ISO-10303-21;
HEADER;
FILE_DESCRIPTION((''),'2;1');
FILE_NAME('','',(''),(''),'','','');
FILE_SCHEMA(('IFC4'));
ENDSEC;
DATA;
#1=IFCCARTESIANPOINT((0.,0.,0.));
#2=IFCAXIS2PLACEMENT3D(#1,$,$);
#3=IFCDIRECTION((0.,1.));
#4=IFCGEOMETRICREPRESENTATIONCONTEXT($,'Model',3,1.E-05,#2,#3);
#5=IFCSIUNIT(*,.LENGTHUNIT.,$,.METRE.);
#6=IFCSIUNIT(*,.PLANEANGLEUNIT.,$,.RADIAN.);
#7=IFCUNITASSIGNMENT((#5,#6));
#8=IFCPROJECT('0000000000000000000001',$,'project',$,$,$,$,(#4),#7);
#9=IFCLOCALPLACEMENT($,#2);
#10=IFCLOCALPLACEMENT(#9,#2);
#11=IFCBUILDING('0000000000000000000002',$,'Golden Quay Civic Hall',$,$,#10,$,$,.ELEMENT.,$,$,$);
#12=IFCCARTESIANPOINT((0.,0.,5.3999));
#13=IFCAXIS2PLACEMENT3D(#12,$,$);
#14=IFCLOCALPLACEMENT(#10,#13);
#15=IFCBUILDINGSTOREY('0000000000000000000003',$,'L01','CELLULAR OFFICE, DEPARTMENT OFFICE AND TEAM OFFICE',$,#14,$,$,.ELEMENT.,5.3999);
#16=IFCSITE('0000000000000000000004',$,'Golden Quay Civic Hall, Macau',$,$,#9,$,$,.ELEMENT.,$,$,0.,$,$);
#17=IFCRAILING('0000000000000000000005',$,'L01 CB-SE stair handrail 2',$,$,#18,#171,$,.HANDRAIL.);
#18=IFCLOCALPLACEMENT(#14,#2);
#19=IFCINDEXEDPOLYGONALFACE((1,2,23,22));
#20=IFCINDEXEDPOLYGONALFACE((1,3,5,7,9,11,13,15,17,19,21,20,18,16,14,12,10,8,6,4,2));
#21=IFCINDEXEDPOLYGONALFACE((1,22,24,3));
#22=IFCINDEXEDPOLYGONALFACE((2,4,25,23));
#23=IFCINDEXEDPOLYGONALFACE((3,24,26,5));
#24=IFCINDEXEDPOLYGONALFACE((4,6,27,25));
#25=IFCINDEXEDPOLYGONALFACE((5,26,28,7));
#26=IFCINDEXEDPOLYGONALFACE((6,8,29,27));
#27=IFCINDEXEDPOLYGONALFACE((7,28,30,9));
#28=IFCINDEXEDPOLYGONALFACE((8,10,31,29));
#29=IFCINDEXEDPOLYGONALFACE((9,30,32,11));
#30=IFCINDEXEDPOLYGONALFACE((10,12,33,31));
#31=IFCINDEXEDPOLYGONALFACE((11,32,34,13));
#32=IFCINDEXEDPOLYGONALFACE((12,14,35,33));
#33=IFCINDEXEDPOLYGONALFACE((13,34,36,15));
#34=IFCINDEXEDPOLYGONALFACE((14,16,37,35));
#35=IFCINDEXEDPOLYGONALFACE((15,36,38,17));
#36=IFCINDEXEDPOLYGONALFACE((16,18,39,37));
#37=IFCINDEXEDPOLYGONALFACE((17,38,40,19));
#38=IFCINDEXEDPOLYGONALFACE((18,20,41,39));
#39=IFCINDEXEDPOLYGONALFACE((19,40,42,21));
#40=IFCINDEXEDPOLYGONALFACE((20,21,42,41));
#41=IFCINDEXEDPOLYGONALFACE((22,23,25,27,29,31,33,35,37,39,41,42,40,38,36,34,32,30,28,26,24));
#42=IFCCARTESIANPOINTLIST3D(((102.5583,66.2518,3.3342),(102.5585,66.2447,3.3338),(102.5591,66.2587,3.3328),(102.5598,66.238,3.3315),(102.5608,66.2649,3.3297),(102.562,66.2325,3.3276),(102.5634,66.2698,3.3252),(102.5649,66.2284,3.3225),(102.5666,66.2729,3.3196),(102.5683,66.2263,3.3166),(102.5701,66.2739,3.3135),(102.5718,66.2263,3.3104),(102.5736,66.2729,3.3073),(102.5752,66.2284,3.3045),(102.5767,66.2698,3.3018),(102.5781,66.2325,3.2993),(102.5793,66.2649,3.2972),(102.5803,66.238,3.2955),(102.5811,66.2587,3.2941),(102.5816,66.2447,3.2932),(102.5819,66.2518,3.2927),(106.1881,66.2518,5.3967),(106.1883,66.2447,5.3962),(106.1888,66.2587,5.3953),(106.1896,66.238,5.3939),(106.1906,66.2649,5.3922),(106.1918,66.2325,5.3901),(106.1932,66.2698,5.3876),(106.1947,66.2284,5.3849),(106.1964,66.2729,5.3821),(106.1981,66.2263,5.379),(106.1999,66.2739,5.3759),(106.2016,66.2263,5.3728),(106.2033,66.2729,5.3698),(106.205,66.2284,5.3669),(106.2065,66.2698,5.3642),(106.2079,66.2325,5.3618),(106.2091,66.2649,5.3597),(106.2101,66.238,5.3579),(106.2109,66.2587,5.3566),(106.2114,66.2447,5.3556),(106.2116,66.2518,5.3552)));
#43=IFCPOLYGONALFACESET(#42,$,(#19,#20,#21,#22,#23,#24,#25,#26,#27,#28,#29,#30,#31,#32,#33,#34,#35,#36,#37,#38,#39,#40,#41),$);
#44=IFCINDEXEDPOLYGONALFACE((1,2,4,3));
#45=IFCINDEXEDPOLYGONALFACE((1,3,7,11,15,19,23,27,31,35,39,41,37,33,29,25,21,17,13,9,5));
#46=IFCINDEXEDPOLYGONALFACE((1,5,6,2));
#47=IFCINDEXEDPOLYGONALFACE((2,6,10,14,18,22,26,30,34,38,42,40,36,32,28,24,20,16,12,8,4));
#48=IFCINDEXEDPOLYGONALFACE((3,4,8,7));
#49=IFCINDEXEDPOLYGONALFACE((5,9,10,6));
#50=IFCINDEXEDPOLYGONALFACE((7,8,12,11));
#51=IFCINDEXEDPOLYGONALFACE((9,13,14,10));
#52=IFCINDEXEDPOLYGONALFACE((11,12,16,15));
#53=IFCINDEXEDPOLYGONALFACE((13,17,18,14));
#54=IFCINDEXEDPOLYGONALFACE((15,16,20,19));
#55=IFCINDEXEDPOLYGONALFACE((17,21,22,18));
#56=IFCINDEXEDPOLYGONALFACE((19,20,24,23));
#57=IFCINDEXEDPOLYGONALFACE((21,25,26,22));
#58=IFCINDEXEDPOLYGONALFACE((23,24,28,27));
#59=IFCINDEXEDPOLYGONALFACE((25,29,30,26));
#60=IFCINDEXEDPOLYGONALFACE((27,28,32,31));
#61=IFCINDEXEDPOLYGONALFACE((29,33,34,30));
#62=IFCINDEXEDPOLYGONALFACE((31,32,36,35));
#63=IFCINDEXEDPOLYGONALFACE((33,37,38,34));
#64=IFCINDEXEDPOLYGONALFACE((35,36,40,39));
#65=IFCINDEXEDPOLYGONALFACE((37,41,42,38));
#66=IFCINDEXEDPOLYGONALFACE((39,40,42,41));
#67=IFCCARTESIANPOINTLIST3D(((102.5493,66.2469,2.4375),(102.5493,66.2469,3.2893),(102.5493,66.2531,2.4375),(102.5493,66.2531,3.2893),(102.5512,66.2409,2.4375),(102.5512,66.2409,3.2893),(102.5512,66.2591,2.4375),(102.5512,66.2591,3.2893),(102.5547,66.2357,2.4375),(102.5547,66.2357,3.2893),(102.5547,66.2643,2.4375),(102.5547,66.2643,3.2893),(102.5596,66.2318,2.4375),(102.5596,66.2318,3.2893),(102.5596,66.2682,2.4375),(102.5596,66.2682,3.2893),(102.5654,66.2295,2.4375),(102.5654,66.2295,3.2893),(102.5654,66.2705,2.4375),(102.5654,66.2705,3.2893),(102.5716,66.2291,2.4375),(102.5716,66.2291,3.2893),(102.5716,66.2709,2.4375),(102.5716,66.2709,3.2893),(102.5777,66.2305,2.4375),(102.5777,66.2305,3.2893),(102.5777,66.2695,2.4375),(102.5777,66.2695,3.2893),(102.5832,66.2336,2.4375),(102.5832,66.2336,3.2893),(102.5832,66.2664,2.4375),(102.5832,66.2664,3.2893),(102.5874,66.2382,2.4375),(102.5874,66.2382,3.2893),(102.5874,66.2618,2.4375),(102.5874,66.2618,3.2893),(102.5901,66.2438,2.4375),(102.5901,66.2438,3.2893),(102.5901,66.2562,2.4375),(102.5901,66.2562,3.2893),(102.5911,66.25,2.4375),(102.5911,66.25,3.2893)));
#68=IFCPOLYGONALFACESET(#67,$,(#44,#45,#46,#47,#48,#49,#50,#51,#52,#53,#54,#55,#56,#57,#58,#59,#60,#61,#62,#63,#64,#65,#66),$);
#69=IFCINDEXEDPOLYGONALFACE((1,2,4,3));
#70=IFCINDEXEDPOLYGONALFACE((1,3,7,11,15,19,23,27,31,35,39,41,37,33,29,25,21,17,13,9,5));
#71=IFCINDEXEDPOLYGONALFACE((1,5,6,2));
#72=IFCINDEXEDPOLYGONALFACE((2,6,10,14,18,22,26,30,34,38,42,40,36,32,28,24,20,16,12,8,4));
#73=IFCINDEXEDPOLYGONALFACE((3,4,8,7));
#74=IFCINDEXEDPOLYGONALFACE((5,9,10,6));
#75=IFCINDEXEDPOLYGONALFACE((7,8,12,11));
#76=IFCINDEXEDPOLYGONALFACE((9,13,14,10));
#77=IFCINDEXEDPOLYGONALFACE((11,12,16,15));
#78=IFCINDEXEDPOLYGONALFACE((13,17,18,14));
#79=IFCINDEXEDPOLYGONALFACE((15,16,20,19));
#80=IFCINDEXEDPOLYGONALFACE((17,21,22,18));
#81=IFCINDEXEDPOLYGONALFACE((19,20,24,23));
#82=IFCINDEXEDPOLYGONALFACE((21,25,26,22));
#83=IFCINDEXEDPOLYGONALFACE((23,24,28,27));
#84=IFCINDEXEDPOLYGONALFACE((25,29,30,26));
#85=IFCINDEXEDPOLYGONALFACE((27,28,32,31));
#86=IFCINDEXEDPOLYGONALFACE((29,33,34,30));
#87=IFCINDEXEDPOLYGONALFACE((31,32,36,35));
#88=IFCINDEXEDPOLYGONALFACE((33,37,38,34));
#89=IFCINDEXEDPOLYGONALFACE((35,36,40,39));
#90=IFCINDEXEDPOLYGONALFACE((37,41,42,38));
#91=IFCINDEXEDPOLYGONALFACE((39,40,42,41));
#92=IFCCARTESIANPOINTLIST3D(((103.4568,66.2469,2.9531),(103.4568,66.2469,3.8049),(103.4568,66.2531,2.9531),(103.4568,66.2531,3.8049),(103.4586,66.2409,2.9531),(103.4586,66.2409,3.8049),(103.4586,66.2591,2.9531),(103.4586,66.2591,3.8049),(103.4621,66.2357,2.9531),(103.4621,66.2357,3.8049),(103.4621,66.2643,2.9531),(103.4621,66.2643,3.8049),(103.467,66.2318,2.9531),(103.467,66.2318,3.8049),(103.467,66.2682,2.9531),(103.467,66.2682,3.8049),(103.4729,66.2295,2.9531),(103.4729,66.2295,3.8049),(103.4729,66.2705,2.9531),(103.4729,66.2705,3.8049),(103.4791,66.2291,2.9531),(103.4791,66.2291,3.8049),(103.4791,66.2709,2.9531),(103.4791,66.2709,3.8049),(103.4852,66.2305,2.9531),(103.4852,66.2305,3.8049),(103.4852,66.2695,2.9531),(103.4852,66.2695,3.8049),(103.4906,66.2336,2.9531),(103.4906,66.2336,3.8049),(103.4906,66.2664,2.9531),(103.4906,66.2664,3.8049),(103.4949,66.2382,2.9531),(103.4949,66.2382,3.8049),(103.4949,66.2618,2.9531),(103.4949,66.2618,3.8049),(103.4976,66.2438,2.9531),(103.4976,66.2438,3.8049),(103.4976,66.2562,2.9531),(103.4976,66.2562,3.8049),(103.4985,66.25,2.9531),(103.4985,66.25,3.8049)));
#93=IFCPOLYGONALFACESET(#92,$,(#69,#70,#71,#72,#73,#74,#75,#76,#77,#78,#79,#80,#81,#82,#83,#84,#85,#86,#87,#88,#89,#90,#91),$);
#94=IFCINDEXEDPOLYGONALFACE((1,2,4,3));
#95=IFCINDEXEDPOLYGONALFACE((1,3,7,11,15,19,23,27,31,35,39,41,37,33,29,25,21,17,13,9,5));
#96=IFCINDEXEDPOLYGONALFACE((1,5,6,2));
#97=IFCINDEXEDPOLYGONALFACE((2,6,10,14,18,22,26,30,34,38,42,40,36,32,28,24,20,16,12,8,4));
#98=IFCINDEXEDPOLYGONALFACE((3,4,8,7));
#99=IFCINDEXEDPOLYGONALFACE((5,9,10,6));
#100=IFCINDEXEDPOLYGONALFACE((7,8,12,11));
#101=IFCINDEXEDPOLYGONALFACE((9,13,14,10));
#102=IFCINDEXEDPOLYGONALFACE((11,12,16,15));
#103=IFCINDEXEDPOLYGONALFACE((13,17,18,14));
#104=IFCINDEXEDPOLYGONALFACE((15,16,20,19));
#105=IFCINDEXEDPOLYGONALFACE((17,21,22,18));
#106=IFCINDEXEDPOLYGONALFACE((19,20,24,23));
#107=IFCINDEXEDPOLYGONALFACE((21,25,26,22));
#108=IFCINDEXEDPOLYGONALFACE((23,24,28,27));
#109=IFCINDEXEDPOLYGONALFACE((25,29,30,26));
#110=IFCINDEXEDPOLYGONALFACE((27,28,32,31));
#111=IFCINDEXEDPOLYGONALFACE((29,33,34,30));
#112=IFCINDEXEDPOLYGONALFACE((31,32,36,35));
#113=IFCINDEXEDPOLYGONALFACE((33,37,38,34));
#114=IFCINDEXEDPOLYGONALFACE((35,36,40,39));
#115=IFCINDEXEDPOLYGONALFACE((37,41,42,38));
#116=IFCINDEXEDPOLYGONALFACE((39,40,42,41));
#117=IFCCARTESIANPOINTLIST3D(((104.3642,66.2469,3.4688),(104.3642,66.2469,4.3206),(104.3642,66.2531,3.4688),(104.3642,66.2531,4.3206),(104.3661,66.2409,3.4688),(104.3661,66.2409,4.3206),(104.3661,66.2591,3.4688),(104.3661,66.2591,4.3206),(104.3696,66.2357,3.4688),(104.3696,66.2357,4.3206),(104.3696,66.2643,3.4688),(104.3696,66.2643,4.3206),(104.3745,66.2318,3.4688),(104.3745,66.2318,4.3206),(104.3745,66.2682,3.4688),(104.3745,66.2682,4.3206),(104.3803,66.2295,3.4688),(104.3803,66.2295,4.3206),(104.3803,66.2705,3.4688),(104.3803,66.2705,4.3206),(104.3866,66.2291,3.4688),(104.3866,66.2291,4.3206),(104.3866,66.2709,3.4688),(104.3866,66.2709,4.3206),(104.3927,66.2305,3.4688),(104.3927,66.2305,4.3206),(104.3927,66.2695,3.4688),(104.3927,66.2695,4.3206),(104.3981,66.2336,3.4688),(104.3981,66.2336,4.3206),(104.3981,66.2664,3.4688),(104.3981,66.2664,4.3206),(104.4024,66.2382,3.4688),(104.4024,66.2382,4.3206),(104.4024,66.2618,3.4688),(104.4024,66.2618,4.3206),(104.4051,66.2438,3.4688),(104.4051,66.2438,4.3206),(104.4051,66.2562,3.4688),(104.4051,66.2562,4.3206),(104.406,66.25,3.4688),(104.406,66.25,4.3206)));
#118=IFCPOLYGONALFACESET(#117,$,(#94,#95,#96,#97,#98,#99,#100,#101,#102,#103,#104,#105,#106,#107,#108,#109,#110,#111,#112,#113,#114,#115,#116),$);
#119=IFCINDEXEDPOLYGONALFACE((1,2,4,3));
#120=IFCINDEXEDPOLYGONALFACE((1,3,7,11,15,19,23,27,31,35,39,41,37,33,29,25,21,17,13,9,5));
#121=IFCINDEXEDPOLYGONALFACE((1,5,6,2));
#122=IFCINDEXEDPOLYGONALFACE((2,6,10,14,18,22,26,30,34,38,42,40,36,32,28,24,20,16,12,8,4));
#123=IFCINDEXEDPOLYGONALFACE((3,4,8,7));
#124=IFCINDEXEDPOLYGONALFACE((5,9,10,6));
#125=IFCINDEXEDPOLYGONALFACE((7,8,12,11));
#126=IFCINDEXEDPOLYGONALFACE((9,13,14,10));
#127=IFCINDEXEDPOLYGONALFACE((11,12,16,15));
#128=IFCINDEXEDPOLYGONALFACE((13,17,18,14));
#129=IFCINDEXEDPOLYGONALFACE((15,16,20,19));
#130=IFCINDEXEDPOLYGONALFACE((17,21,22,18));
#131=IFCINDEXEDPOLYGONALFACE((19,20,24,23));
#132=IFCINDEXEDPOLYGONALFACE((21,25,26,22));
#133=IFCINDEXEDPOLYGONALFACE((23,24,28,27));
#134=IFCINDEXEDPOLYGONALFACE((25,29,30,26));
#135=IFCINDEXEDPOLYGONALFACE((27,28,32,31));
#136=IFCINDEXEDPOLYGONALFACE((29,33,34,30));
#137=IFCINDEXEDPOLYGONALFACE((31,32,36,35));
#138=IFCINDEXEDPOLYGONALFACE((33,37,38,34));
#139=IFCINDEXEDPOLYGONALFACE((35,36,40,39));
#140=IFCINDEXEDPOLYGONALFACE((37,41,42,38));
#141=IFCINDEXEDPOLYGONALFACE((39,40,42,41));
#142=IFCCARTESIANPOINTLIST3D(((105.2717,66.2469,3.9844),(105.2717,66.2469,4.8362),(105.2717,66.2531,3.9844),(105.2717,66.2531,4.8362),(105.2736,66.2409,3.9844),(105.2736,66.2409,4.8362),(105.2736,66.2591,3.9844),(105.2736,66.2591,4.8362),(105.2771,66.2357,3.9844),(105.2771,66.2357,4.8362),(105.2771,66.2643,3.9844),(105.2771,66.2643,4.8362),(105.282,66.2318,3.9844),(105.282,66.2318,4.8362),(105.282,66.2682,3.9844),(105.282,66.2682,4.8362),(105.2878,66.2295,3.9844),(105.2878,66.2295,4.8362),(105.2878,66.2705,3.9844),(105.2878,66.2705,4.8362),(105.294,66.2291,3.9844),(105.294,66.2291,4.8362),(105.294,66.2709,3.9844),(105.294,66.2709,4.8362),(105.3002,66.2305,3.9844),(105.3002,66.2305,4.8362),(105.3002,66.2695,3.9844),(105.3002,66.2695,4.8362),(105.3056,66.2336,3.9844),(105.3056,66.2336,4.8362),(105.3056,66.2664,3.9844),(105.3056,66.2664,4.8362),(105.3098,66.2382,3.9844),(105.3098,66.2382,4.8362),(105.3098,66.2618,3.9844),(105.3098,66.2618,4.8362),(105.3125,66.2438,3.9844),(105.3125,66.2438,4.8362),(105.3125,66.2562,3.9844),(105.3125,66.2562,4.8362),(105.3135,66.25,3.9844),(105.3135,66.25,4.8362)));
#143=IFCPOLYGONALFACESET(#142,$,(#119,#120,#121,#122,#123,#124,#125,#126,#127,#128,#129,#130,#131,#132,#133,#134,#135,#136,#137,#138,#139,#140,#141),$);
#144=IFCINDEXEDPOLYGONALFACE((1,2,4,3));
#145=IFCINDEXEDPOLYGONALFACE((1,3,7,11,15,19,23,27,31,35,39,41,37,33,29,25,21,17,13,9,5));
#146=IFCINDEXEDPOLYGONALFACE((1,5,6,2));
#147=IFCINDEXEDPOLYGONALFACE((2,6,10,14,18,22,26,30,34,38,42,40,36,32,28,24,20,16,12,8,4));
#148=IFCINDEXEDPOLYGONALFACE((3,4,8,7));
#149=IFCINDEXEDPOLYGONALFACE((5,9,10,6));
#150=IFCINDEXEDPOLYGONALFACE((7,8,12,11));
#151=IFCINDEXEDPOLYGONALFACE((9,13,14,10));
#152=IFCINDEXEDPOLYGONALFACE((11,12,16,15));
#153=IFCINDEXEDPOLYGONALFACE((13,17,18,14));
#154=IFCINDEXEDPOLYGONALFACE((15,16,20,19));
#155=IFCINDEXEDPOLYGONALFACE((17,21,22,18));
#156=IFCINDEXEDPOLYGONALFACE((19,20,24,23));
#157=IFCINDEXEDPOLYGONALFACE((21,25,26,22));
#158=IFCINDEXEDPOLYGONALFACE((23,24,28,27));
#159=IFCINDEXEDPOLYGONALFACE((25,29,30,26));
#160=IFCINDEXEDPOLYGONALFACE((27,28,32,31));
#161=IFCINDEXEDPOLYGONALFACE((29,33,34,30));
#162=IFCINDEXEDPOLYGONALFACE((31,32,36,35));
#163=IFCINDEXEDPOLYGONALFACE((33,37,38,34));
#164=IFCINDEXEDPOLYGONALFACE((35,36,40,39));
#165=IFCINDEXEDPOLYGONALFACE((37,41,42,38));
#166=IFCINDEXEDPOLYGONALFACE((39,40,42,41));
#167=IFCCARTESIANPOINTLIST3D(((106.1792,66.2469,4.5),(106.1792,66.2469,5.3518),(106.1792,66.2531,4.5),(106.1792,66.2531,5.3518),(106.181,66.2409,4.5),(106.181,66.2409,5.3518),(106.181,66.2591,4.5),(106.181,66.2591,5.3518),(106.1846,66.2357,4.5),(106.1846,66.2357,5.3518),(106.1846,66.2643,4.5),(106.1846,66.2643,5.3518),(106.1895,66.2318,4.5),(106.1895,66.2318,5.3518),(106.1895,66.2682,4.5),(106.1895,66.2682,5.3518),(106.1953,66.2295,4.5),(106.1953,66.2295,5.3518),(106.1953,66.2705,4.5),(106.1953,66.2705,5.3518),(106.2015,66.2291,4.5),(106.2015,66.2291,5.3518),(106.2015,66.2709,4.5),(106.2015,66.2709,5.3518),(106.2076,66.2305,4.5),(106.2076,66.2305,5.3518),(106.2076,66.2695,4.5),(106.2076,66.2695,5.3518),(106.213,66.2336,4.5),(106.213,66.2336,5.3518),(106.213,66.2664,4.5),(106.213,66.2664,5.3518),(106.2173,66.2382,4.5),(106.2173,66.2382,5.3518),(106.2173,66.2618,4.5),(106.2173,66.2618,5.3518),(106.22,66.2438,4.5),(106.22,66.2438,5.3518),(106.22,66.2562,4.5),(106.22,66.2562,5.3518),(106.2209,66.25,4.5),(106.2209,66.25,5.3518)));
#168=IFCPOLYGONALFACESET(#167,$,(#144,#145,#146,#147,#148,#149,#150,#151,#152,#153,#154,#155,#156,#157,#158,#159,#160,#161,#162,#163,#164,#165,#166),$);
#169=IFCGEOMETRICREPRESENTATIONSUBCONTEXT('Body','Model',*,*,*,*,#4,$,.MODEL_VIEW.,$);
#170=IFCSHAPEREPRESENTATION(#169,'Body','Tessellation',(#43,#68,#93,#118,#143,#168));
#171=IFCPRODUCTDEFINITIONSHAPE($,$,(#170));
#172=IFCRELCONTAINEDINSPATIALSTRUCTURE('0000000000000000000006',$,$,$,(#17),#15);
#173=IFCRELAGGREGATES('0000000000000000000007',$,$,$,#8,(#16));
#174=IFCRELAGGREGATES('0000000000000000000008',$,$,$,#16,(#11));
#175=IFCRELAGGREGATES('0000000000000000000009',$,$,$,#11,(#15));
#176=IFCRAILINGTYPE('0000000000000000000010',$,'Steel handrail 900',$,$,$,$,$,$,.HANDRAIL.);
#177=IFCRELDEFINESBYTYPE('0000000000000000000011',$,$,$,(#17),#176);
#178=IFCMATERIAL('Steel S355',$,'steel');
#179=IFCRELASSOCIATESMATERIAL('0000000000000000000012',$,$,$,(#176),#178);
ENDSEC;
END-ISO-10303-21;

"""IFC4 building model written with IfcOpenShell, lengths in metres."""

from ifc_helpers import new_model, si_unit, direction, frame, origin, origin_2d, place, context, subcontext, project, spatial, circle, extrude, material, type_object, element, save


model = new_model("IFC4")

# Units and contexts
model_context = context("Model", 3, precision=1e-05, world=origin(), true_north=direction((0.0, 1.0)))
body_context = subcontext(model_context, "Body", "Model", "MODEL_VIEW")
ifc_project = project(units=[si_unit("LENGTHUNIT", "METRE"), si_unit("PLANEANGLEUNIT", "RADIAN")], contexts=[model_context])

# Site, building, storey
site_placement = place(None, origin())
site = spatial("IfcSite", under=ifc_project, at=site_placement, Name="Golden Quay Civic Hall, Macau", CompositionType="ELEMENT", RefElevation=0.0)
building_placement = place(site_placement, origin())
building = spatial("IfcBuilding", under=site, at=building_placement, Name="Golden Quay Civic Hall", CompositionType="ELEMENT")
storey_placement = place(building_placement, frame((0.0, 0.0, 5.3999)))
storey = spatial("IfcBuildingStorey", under=building, at=storey_placement, Name="L01", Description="CELLULAR OFFICE, DEPARTMENT OFFICE AND TEAM OFFICE", CompositionType="ELEMENT", Elevation=5.3999)

# Railing
ifc_material_1 = material(Name="Steel S355", Category="steel")
railing_type_1 = type_object("IfcRailingType", Name="Steel handrail 900", PredefinedType="HANDRAIL", material=ifc_material_1)
railing_1_placement = place(storey_placement, frame((102.5701, 66.25, 2.4375)))
element("IfcRailing", 1, at=railing_1_placement, inside=storey, type_object=railing_type_1, Name="L01 CB-SE stair handrail 2", PredefinedType="HANDRAIL", context=body_context, shape_type="SweptSolid", body=[
    extrude(circle(Radius=0.0239, at=origin_2d()), frame((0.0, 0.0, 0.876), z_axis=(0.86945, 0.0, 0.494021), x_axis=(0.0, 1.0, 0.0)), (0.0, 0.0, 1.0), 4.1748),
    extrude(circle(Radius=0.021, at=origin_2d()), origin(), (0.0, 0.0, 1.0), 0.8518),
    extrude(circle(Radius=0.021, at=origin_2d()), frame((0.9075, 0.0, 0.5156)), (0.0, 0.0, 1.0), 0.8518),
    extrude(circle(Radius=0.021, at=origin_2d()), frame((1.8149, 0.0, 1.0312)), (0.0, 0.0, 1.0), 0.8518),
    extrude(circle(Radius=0.021, at=origin_2d()), frame((2.7224, 0.0, 1.5469)), (0.0, 0.0, 1.0), 0.8518),
    extrude(circle(Radius=0.021, at=origin_2d()), frame((3.6299, 0.0, 2.0625)), (0.0, 0.0, 1.0), 0.8518),
])

save(model, "model.ifc")
